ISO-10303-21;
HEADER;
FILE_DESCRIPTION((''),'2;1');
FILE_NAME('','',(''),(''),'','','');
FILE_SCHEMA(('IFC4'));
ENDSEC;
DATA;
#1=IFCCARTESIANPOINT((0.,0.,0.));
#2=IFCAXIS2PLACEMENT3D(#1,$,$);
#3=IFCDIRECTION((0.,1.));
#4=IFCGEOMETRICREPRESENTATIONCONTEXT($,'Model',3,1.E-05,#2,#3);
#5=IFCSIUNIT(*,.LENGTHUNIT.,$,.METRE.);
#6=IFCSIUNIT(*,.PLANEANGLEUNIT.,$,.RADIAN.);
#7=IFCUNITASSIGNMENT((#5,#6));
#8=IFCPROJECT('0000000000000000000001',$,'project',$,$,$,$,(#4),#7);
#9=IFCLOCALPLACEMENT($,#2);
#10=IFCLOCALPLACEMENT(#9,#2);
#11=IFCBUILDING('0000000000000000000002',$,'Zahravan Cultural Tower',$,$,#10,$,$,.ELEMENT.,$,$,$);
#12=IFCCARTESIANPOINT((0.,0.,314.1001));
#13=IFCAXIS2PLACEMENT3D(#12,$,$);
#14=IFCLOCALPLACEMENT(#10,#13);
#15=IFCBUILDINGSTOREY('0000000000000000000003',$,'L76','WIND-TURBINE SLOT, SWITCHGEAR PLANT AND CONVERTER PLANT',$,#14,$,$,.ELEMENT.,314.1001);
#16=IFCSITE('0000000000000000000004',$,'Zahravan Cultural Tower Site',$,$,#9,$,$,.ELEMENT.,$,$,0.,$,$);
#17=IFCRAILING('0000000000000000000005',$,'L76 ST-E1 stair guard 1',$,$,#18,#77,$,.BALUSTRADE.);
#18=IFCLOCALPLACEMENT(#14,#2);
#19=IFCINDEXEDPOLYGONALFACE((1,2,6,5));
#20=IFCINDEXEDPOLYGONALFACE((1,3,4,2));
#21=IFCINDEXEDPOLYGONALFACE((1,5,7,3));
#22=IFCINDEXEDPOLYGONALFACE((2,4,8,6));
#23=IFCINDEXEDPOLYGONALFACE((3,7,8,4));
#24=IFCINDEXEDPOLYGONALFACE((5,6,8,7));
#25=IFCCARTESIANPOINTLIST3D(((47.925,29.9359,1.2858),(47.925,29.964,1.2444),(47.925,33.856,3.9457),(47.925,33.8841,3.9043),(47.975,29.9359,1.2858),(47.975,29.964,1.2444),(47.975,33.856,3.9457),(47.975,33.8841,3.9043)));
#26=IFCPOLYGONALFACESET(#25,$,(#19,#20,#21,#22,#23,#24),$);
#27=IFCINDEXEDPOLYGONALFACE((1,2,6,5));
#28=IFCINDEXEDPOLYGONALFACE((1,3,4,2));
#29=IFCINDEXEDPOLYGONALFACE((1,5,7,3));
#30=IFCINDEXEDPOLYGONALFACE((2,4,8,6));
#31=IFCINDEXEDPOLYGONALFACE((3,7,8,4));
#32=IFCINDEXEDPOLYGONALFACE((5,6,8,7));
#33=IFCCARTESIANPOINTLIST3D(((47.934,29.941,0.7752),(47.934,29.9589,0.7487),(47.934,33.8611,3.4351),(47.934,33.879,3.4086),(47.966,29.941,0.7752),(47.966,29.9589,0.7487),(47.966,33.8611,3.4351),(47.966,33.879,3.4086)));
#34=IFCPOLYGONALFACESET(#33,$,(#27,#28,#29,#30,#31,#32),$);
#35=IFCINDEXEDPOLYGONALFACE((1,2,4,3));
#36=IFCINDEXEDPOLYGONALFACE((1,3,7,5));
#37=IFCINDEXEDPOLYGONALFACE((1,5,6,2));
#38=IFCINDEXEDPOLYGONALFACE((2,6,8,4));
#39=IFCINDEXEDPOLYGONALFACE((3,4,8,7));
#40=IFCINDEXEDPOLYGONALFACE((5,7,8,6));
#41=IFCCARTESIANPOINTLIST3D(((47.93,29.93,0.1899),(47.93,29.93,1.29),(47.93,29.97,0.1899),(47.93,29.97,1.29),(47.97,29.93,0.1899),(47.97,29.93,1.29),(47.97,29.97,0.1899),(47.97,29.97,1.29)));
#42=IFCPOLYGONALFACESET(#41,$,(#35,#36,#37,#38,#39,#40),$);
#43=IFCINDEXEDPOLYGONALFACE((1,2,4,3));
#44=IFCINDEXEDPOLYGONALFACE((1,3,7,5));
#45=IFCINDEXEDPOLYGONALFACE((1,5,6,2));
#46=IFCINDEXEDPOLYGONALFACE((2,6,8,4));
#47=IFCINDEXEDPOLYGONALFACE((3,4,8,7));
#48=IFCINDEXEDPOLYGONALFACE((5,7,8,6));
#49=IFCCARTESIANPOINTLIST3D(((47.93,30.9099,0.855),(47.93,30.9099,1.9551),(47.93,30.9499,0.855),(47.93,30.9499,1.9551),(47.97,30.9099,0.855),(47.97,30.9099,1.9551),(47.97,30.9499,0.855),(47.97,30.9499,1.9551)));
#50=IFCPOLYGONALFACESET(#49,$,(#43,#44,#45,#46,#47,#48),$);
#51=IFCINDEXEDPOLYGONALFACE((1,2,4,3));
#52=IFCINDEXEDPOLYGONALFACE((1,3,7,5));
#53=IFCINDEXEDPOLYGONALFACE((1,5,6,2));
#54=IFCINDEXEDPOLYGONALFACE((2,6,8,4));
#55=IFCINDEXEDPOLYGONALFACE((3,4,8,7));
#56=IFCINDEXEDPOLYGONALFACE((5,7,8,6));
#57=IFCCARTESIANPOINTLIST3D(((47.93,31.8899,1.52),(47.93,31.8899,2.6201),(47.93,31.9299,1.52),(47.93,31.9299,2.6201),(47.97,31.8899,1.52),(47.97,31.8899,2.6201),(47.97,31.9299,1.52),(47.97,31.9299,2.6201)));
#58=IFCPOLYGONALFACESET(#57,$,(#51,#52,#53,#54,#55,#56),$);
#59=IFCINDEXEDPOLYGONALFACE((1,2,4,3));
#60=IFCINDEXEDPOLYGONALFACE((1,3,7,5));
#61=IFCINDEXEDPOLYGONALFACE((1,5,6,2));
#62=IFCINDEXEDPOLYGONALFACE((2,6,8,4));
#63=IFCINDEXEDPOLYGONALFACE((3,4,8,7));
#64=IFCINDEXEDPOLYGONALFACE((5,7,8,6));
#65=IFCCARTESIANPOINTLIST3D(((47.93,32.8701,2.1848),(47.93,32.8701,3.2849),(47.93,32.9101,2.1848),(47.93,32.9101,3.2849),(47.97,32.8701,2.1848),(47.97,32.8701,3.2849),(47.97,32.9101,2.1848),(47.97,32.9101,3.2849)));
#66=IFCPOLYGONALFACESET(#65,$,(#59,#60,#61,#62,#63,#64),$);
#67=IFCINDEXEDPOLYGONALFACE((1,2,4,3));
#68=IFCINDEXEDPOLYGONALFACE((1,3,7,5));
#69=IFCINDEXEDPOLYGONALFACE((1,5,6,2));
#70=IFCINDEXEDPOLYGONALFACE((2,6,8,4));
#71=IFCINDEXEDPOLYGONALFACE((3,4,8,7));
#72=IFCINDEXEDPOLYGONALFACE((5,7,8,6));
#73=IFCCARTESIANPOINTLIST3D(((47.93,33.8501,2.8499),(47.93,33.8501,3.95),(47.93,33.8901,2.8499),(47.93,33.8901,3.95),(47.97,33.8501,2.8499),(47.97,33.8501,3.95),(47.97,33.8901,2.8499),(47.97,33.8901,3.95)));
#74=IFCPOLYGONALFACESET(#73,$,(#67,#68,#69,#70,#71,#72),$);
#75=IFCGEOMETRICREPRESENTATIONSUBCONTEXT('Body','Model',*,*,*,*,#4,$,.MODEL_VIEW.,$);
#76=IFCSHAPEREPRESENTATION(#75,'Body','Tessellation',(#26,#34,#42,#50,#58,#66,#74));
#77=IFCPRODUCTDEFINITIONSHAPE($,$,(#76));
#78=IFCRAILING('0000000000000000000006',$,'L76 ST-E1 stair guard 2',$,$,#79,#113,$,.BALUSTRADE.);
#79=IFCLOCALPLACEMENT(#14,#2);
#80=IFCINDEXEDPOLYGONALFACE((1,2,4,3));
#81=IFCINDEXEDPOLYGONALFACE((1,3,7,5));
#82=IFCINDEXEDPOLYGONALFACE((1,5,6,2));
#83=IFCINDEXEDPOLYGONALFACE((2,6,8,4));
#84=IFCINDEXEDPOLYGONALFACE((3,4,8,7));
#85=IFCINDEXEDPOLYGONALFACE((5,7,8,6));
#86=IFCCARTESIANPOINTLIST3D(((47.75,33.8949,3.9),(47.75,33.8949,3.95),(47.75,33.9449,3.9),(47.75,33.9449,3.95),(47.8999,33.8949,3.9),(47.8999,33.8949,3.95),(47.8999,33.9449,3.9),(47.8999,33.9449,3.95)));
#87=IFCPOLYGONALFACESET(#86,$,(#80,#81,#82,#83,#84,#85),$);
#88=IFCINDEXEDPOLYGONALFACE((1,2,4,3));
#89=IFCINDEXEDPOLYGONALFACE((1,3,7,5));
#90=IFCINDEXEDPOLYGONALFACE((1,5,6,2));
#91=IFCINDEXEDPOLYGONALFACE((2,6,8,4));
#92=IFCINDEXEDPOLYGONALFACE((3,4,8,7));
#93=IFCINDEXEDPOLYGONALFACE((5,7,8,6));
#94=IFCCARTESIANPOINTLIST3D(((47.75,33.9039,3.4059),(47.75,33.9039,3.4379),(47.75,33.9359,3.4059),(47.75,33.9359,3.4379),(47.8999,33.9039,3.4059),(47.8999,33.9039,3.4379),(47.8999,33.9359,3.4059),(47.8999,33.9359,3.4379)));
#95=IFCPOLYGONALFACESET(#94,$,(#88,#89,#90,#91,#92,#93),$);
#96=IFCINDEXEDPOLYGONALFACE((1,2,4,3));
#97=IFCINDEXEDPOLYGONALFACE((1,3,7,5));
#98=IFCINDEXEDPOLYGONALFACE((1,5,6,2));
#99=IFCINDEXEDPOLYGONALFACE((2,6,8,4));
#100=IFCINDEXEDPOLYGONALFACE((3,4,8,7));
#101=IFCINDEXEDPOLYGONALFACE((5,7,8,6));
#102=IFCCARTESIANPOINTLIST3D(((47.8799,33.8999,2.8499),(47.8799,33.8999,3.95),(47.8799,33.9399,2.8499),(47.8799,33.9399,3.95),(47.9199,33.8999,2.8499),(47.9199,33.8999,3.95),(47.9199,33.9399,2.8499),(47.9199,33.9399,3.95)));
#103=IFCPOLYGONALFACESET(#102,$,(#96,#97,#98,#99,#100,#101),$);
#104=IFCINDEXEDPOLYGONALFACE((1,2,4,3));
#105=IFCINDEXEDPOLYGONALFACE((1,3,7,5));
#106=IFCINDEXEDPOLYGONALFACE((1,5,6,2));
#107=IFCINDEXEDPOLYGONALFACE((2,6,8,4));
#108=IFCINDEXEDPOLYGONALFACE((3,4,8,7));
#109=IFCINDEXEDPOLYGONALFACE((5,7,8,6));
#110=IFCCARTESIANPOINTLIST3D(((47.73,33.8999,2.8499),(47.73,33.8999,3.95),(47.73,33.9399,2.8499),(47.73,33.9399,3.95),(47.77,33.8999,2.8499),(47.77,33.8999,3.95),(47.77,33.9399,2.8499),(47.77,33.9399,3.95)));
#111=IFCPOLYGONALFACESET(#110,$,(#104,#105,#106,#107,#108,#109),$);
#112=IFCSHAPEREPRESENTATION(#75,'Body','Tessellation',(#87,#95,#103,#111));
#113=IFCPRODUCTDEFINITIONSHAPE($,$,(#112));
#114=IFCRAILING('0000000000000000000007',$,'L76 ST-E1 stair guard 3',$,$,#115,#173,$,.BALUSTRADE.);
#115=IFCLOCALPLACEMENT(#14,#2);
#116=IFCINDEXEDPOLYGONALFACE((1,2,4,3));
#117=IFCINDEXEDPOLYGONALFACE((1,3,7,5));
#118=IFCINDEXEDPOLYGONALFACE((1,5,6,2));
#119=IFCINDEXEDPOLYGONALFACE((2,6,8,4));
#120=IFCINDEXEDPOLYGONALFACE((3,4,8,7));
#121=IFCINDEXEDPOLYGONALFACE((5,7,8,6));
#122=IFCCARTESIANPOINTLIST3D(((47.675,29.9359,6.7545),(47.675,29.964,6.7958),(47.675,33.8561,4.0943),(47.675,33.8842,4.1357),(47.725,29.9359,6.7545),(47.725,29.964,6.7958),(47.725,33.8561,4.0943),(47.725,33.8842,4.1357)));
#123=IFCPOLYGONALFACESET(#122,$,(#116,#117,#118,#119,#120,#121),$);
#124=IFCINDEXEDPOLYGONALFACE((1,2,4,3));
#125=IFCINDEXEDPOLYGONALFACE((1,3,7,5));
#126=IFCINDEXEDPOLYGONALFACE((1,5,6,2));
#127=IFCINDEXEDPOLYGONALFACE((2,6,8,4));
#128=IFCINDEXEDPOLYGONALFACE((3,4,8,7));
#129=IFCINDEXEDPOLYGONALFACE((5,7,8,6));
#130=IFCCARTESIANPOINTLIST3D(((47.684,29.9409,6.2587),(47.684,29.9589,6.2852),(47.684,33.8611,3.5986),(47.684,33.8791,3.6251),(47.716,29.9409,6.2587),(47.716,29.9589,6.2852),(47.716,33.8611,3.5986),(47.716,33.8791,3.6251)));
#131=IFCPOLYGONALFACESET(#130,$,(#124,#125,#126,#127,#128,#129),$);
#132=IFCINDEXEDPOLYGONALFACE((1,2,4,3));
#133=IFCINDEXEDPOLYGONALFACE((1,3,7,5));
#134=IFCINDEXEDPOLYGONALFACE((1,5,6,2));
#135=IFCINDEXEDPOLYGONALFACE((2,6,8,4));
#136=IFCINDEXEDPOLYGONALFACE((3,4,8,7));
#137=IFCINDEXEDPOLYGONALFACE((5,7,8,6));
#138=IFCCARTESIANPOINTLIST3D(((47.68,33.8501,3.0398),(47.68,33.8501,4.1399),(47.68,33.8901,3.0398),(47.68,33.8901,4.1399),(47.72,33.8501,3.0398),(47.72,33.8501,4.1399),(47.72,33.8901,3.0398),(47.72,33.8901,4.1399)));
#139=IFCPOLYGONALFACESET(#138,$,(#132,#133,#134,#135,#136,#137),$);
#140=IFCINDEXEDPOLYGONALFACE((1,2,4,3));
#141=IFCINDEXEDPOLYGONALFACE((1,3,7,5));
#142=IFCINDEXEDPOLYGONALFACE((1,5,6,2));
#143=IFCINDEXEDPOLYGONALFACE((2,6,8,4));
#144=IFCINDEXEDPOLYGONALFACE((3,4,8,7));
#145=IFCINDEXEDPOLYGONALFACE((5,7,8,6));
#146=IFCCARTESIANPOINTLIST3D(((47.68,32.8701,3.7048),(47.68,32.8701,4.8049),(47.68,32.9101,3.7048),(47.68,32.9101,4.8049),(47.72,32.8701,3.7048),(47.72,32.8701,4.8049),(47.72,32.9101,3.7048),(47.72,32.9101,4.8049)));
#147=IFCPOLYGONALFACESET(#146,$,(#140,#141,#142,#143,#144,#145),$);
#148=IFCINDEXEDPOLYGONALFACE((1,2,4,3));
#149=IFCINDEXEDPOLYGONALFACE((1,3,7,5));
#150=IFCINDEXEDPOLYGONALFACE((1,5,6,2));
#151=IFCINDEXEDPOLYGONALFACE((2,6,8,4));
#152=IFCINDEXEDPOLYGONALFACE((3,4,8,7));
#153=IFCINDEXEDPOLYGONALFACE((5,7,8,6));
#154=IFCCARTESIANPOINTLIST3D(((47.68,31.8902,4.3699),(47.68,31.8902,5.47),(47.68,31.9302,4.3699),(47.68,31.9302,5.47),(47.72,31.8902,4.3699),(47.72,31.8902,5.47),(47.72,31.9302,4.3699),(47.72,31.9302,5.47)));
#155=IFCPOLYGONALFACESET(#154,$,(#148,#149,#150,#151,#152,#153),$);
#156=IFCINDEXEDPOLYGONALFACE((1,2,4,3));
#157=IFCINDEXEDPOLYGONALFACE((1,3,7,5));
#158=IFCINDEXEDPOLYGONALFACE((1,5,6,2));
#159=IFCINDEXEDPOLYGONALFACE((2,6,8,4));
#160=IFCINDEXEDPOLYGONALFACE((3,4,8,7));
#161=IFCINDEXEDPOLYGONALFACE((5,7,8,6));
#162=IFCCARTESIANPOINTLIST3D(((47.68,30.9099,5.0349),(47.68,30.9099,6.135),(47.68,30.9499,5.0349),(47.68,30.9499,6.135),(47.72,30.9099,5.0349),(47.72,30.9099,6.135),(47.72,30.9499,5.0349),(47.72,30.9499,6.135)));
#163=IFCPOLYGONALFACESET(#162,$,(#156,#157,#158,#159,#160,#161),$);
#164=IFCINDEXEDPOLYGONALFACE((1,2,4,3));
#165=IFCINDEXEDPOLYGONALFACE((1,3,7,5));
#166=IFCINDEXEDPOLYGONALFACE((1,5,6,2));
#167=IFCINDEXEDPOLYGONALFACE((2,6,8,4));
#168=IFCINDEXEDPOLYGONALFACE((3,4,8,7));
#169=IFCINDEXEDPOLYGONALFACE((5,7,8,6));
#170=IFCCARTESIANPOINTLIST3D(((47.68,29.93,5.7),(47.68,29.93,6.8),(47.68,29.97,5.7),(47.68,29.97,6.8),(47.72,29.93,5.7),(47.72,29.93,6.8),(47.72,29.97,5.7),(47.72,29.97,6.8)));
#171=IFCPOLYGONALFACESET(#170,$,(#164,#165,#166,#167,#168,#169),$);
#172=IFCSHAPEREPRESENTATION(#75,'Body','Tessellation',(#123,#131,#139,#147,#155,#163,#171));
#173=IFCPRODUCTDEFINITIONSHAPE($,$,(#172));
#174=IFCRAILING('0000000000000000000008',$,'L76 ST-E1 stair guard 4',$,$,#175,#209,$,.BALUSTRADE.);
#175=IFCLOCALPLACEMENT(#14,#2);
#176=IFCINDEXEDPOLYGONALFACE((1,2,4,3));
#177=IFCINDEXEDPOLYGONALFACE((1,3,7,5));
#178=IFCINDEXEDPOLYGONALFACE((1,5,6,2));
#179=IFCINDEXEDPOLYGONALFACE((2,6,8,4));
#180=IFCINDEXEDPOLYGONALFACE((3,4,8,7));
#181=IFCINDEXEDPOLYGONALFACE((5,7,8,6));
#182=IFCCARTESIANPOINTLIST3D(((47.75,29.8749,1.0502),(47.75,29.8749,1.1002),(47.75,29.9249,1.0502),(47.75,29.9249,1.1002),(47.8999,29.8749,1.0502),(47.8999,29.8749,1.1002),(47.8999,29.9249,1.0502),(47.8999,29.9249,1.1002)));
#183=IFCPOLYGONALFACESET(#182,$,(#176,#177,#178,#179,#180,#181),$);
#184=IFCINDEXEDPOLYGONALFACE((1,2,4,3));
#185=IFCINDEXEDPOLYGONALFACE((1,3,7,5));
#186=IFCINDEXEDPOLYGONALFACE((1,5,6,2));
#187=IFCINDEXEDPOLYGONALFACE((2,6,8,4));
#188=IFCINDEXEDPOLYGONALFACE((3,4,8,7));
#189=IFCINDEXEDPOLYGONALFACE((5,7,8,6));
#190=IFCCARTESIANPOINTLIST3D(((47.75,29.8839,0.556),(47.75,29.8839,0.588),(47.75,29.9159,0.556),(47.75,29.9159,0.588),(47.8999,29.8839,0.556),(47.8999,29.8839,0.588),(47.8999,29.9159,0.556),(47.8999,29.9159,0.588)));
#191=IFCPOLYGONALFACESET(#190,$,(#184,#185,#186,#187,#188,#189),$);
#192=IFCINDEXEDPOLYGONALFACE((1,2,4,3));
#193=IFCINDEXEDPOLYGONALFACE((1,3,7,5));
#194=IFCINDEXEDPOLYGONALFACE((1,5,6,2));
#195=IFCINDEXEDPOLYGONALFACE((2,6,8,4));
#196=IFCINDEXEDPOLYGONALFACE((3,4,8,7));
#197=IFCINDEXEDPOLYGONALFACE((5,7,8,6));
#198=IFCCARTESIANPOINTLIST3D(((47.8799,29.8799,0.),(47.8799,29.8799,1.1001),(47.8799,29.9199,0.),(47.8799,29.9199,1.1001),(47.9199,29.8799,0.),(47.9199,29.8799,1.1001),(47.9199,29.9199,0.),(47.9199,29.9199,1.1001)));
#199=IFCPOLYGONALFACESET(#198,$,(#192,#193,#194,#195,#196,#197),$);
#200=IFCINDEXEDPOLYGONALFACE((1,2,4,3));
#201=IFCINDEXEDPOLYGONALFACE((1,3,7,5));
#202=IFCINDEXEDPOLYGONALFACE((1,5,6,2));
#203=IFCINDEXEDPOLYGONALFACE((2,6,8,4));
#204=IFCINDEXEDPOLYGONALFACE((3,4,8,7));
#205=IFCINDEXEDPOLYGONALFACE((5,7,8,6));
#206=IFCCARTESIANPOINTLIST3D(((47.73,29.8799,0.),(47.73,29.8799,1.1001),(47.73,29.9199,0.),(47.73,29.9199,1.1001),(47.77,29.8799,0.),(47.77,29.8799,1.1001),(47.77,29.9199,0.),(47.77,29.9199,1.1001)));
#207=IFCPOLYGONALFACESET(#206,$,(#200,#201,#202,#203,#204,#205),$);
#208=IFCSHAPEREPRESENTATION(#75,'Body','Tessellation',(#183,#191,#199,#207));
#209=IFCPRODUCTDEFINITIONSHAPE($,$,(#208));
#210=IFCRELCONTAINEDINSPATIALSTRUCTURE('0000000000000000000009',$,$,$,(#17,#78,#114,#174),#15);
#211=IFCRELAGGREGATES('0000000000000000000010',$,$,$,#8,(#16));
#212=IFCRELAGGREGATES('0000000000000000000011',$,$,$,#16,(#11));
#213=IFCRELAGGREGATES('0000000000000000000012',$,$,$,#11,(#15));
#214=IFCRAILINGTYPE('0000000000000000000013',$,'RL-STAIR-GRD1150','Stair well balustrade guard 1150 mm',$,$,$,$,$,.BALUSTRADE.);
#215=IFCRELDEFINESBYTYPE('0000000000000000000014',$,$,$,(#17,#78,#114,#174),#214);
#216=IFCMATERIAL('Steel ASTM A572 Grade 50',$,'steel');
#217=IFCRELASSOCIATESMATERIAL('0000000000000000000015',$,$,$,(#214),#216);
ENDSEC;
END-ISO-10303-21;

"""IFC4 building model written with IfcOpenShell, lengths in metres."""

from ifc_helpers import new_model, si_unit, direction, frame, origin, origin_2d, place, context, subcontext, project, spatial, rectangle, extrude, material, type_object, element, save


model = new_model("IFC4")

# Units and contexts
model_context = context("Model", 3, precision=1e-05, world=origin(), true_north=direction((0.0, 1.0)))
body_context = subcontext(model_context, "Body", "Model", "MODEL_VIEW")
ifc_project = project(units=[si_unit("LENGTHUNIT", "METRE"), si_unit("PLANEANGLEUNIT", "RADIAN")], contexts=[model_context])

# Site, building, storey
site_placement = place(None, origin())
site = spatial("IfcSite", under=ifc_project, at=site_placement, Name="Zahravan Cultural Tower Site", CompositionType="ELEMENT", RefElevation=0.0)
building_placement = place(site_placement, origin())
building = spatial("IfcBuilding", under=site, at=building_placement, Name="Zahravan Cultural Tower", CompositionType="ELEMENT")
storey_placement = place(building_placement, frame((0.0, 0.0, 314.1001)))
storey = spatial("IfcBuildingStorey", under=building, at=storey_placement, Name="L76", Description="WIND-TURBINE SLOT, SWITCHGEAR PLANT AND CONVERTER PLANT", CompositionType="ELEMENT", Elevation=314.1001)

# Shared definitions
ifc_material_1 = material(Name="Steel ASTM A572 Grade 50", Category="steel")

# Railings
railing_type_1 = type_object("IfcRailingType", Name="RL-STAIR-GRD1150", Description="Stair well balustrade guard 1150 mm", PredefinedType="BALUSTRADE", material=ifc_material_1)
railing_1_placement = place(storey_placement, frame((47.95, 29.95, 0.1899)))
element("IfcRailing", 1, at=railing_1_placement, inside=storey, type_object=railing_type_1, Name="L76 ST-E1 stair guard 1", PredefinedType="BALUSTRADE", context=body_context, shape_type="SweptSolid", body=[
    extrude(rectangle(XDim=0.05, YDim=0.05, at=origin_2d()), frame((0.0, 0.0, 1.0752), z_axis=(0.0, 0.827495, 0.561472), x_axis=(-1.0, 0.0, 0.0)), (0.0, 0.0, 1.0), 4.7373),
    extrude(rectangle(XDim=0.032, YDim=0.032, at=origin_2d()), frame((0.0, 0.0, 0.572), z_axis=(0.0, 0.827495, 0.561472), x_axis=(-1.0, 0.0, 0.0)), (0.0, 0.0, 1.0), 4.7373),
    extrude(rectangle(XDim=0.04, YDim=0.04, at=origin_2d()), origin(), (0.0, 0.0, 1.0), 1.1001),
    extrude(rectangle(XDim=0.04, YDim=0.04, at=origin_2d()), frame((0.0, 0.98, 0.665)), (0.0, 0.0, 1.0), 1.1001),
    extrude(rectangle(XDim=0.04, YDim=0.04, at=origin_2d()), frame((0.0, 1.96, 1.3301)), (0.0, 0.0, 1.0), 1.1001),
    extrude(rectangle(XDim=0.04, YDim=0.04, at=origin_2d()), frame((0.0, 2.9402, 1.9949)), (0.0, 0.0, 1.0), 1.1001),
    extrude(rectangle(XDim=0.04, YDim=0.04, at=origin_2d()), frame((0.0, 3.9202, 2.6599)), (0.0, 0.0, 1.0), 1.1001),
])
railing_2_placement = place(storey_placement, frame((47.8999, 33.9199, 2.8499)))
element("IfcRailing", 2, at=railing_2_placement, inside=storey, type_object=railing_type_1, Name="L76 ST-E1 stair guard 2", PredefinedType="BALUSTRADE", context=body_context, shape_type="SweptSolid", body=[
    extrude(rectangle(XDim=0.05, YDim=0.05, at=origin_2d()), frame((0.0, 0.0, 1.0752), z_axis=(-1.0, 0.0, 0.0), x_axis=(0.0, -1.0, 0.0)), (0.0, 0.0, 1.0), 0.1499),
    extrude(rectangle(XDim=0.032, YDim=0.032, at=origin_2d()), frame((0.0, 0.0, 0.572), z_axis=(-1.0, 0.0, 0.0), x_axis=(0.0, -1.0, 0.0)), (0.0, 0.0, 1.0), 0.1499),
    extrude(rectangle(XDim=0.04, YDim=0.04, at=origin_2d()), origin(), (0.0, 0.0, 1.0), 1.1001),
    extrude(rectangle(XDim=0.04, YDim=0.04, at=origin_2d()), frame((-0.1499, 0.0, 0.0)), (0.0, 0.0, 1.0), 1.1001),
])
railing_3_placement = place(storey_placement, frame((47.7, 33.8701, 3.0398)))
element("IfcRailing", 3, at=railing_3_placement, inside=storey, type_object=railing_type_1, Name="L76 ST-E1 stair guard 3", PredefinedType="BALUSTRADE", context=body_context, shape_type="SweptSolid", body=[
    extrude(rectangle(XDim=0.05, YDim=0.05, at=origin_2d()), frame((0.0, 0.0, 1.0752), z_axis=(0.0, -0.827471, 0.561508), x_axis=(1.0, 0.0, 0.0)), (0.0, 0.0, 1.0), 4.7375),
    extrude(rectangle(XDim=0.032, YDim=0.032, at=origin_2d()), frame((0.0, 0.0, 0.572), z_axis=(0.0, -0.827471, 0.561508), x_axis=(1.0, 0.0, 0.0)), (0.0, 0.0, 1.0), 4.7375),
    extrude(rectangle(XDim=0.04, YDim=0.04, at=origin_2d()), origin(), (0.0, 0.0, 1.0), 1.1001),
    extrude(rectangle(XDim=0.04, YDim=0.04, at=origin_2d()), frame((0.0, -0.98, 0.665)), (0.0, 0.0, 1.0), 1.1001),
    extrude(rectangle(XDim=0.04, YDim=0.04, at=origin_2d()), frame((0.0, -1.96, 1.3301)), (0.0, 0.0, 1.0), 1.1001),
    extrude(rectangle(XDim=0.04, YDim=0.04, at=origin_2d()), frame((0.0, -2.9402, 1.9951)), (0.0, 0.0, 1.0), 1.1001),
    extrude(rectangle(XDim=0.04, YDim=0.04, at=origin_2d()), frame((0.0, -3.9202, 2.6602)), (0.0, 0.0, 1.0), 1.1001),
])
railing_4_placement = place(storey_placement, frame((47.8999, 29.8999, 0.0)))
element("IfcRailing", 4, at=railing_4_placement, inside=storey, type_object=railing_type_1, Name="L76 ST-E1 stair guard 4", PredefinedType="BALUSTRADE", context=body_context, shape_type="SweptSolid", body=[
    extrude(rectangle(XDim=0.05, YDim=0.05, at=origin_2d()), frame((0.0, 0.0, 1.0752), z_axis=(-1.0, 0.0, 0.0), x_axis=(0.0, -1.0, 0.0)), (0.0, 0.0, 1.0), 0.1499),
    extrude(rectangle(XDim=0.032, YDim=0.032, at=origin_2d()), frame((0.0, 0.0, 0.572), z_axis=(-1.0, 0.0, 0.0), x_axis=(0.0, -1.0, 0.0)), (0.0, 0.0, 1.0), 0.1499),
    extrude(rectangle(XDim=0.04, YDim=0.04, at=origin_2d()), origin(), (0.0, 0.0, 1.0), 1.1001),
    extrude(rectangle(XDim=0.04, YDim=0.04, at=origin_2d()), frame((-0.1499, 0.0, 0.0)), (0.0, 0.0, 1.0), 1.1001),
])

save(model, "model.ifc")
